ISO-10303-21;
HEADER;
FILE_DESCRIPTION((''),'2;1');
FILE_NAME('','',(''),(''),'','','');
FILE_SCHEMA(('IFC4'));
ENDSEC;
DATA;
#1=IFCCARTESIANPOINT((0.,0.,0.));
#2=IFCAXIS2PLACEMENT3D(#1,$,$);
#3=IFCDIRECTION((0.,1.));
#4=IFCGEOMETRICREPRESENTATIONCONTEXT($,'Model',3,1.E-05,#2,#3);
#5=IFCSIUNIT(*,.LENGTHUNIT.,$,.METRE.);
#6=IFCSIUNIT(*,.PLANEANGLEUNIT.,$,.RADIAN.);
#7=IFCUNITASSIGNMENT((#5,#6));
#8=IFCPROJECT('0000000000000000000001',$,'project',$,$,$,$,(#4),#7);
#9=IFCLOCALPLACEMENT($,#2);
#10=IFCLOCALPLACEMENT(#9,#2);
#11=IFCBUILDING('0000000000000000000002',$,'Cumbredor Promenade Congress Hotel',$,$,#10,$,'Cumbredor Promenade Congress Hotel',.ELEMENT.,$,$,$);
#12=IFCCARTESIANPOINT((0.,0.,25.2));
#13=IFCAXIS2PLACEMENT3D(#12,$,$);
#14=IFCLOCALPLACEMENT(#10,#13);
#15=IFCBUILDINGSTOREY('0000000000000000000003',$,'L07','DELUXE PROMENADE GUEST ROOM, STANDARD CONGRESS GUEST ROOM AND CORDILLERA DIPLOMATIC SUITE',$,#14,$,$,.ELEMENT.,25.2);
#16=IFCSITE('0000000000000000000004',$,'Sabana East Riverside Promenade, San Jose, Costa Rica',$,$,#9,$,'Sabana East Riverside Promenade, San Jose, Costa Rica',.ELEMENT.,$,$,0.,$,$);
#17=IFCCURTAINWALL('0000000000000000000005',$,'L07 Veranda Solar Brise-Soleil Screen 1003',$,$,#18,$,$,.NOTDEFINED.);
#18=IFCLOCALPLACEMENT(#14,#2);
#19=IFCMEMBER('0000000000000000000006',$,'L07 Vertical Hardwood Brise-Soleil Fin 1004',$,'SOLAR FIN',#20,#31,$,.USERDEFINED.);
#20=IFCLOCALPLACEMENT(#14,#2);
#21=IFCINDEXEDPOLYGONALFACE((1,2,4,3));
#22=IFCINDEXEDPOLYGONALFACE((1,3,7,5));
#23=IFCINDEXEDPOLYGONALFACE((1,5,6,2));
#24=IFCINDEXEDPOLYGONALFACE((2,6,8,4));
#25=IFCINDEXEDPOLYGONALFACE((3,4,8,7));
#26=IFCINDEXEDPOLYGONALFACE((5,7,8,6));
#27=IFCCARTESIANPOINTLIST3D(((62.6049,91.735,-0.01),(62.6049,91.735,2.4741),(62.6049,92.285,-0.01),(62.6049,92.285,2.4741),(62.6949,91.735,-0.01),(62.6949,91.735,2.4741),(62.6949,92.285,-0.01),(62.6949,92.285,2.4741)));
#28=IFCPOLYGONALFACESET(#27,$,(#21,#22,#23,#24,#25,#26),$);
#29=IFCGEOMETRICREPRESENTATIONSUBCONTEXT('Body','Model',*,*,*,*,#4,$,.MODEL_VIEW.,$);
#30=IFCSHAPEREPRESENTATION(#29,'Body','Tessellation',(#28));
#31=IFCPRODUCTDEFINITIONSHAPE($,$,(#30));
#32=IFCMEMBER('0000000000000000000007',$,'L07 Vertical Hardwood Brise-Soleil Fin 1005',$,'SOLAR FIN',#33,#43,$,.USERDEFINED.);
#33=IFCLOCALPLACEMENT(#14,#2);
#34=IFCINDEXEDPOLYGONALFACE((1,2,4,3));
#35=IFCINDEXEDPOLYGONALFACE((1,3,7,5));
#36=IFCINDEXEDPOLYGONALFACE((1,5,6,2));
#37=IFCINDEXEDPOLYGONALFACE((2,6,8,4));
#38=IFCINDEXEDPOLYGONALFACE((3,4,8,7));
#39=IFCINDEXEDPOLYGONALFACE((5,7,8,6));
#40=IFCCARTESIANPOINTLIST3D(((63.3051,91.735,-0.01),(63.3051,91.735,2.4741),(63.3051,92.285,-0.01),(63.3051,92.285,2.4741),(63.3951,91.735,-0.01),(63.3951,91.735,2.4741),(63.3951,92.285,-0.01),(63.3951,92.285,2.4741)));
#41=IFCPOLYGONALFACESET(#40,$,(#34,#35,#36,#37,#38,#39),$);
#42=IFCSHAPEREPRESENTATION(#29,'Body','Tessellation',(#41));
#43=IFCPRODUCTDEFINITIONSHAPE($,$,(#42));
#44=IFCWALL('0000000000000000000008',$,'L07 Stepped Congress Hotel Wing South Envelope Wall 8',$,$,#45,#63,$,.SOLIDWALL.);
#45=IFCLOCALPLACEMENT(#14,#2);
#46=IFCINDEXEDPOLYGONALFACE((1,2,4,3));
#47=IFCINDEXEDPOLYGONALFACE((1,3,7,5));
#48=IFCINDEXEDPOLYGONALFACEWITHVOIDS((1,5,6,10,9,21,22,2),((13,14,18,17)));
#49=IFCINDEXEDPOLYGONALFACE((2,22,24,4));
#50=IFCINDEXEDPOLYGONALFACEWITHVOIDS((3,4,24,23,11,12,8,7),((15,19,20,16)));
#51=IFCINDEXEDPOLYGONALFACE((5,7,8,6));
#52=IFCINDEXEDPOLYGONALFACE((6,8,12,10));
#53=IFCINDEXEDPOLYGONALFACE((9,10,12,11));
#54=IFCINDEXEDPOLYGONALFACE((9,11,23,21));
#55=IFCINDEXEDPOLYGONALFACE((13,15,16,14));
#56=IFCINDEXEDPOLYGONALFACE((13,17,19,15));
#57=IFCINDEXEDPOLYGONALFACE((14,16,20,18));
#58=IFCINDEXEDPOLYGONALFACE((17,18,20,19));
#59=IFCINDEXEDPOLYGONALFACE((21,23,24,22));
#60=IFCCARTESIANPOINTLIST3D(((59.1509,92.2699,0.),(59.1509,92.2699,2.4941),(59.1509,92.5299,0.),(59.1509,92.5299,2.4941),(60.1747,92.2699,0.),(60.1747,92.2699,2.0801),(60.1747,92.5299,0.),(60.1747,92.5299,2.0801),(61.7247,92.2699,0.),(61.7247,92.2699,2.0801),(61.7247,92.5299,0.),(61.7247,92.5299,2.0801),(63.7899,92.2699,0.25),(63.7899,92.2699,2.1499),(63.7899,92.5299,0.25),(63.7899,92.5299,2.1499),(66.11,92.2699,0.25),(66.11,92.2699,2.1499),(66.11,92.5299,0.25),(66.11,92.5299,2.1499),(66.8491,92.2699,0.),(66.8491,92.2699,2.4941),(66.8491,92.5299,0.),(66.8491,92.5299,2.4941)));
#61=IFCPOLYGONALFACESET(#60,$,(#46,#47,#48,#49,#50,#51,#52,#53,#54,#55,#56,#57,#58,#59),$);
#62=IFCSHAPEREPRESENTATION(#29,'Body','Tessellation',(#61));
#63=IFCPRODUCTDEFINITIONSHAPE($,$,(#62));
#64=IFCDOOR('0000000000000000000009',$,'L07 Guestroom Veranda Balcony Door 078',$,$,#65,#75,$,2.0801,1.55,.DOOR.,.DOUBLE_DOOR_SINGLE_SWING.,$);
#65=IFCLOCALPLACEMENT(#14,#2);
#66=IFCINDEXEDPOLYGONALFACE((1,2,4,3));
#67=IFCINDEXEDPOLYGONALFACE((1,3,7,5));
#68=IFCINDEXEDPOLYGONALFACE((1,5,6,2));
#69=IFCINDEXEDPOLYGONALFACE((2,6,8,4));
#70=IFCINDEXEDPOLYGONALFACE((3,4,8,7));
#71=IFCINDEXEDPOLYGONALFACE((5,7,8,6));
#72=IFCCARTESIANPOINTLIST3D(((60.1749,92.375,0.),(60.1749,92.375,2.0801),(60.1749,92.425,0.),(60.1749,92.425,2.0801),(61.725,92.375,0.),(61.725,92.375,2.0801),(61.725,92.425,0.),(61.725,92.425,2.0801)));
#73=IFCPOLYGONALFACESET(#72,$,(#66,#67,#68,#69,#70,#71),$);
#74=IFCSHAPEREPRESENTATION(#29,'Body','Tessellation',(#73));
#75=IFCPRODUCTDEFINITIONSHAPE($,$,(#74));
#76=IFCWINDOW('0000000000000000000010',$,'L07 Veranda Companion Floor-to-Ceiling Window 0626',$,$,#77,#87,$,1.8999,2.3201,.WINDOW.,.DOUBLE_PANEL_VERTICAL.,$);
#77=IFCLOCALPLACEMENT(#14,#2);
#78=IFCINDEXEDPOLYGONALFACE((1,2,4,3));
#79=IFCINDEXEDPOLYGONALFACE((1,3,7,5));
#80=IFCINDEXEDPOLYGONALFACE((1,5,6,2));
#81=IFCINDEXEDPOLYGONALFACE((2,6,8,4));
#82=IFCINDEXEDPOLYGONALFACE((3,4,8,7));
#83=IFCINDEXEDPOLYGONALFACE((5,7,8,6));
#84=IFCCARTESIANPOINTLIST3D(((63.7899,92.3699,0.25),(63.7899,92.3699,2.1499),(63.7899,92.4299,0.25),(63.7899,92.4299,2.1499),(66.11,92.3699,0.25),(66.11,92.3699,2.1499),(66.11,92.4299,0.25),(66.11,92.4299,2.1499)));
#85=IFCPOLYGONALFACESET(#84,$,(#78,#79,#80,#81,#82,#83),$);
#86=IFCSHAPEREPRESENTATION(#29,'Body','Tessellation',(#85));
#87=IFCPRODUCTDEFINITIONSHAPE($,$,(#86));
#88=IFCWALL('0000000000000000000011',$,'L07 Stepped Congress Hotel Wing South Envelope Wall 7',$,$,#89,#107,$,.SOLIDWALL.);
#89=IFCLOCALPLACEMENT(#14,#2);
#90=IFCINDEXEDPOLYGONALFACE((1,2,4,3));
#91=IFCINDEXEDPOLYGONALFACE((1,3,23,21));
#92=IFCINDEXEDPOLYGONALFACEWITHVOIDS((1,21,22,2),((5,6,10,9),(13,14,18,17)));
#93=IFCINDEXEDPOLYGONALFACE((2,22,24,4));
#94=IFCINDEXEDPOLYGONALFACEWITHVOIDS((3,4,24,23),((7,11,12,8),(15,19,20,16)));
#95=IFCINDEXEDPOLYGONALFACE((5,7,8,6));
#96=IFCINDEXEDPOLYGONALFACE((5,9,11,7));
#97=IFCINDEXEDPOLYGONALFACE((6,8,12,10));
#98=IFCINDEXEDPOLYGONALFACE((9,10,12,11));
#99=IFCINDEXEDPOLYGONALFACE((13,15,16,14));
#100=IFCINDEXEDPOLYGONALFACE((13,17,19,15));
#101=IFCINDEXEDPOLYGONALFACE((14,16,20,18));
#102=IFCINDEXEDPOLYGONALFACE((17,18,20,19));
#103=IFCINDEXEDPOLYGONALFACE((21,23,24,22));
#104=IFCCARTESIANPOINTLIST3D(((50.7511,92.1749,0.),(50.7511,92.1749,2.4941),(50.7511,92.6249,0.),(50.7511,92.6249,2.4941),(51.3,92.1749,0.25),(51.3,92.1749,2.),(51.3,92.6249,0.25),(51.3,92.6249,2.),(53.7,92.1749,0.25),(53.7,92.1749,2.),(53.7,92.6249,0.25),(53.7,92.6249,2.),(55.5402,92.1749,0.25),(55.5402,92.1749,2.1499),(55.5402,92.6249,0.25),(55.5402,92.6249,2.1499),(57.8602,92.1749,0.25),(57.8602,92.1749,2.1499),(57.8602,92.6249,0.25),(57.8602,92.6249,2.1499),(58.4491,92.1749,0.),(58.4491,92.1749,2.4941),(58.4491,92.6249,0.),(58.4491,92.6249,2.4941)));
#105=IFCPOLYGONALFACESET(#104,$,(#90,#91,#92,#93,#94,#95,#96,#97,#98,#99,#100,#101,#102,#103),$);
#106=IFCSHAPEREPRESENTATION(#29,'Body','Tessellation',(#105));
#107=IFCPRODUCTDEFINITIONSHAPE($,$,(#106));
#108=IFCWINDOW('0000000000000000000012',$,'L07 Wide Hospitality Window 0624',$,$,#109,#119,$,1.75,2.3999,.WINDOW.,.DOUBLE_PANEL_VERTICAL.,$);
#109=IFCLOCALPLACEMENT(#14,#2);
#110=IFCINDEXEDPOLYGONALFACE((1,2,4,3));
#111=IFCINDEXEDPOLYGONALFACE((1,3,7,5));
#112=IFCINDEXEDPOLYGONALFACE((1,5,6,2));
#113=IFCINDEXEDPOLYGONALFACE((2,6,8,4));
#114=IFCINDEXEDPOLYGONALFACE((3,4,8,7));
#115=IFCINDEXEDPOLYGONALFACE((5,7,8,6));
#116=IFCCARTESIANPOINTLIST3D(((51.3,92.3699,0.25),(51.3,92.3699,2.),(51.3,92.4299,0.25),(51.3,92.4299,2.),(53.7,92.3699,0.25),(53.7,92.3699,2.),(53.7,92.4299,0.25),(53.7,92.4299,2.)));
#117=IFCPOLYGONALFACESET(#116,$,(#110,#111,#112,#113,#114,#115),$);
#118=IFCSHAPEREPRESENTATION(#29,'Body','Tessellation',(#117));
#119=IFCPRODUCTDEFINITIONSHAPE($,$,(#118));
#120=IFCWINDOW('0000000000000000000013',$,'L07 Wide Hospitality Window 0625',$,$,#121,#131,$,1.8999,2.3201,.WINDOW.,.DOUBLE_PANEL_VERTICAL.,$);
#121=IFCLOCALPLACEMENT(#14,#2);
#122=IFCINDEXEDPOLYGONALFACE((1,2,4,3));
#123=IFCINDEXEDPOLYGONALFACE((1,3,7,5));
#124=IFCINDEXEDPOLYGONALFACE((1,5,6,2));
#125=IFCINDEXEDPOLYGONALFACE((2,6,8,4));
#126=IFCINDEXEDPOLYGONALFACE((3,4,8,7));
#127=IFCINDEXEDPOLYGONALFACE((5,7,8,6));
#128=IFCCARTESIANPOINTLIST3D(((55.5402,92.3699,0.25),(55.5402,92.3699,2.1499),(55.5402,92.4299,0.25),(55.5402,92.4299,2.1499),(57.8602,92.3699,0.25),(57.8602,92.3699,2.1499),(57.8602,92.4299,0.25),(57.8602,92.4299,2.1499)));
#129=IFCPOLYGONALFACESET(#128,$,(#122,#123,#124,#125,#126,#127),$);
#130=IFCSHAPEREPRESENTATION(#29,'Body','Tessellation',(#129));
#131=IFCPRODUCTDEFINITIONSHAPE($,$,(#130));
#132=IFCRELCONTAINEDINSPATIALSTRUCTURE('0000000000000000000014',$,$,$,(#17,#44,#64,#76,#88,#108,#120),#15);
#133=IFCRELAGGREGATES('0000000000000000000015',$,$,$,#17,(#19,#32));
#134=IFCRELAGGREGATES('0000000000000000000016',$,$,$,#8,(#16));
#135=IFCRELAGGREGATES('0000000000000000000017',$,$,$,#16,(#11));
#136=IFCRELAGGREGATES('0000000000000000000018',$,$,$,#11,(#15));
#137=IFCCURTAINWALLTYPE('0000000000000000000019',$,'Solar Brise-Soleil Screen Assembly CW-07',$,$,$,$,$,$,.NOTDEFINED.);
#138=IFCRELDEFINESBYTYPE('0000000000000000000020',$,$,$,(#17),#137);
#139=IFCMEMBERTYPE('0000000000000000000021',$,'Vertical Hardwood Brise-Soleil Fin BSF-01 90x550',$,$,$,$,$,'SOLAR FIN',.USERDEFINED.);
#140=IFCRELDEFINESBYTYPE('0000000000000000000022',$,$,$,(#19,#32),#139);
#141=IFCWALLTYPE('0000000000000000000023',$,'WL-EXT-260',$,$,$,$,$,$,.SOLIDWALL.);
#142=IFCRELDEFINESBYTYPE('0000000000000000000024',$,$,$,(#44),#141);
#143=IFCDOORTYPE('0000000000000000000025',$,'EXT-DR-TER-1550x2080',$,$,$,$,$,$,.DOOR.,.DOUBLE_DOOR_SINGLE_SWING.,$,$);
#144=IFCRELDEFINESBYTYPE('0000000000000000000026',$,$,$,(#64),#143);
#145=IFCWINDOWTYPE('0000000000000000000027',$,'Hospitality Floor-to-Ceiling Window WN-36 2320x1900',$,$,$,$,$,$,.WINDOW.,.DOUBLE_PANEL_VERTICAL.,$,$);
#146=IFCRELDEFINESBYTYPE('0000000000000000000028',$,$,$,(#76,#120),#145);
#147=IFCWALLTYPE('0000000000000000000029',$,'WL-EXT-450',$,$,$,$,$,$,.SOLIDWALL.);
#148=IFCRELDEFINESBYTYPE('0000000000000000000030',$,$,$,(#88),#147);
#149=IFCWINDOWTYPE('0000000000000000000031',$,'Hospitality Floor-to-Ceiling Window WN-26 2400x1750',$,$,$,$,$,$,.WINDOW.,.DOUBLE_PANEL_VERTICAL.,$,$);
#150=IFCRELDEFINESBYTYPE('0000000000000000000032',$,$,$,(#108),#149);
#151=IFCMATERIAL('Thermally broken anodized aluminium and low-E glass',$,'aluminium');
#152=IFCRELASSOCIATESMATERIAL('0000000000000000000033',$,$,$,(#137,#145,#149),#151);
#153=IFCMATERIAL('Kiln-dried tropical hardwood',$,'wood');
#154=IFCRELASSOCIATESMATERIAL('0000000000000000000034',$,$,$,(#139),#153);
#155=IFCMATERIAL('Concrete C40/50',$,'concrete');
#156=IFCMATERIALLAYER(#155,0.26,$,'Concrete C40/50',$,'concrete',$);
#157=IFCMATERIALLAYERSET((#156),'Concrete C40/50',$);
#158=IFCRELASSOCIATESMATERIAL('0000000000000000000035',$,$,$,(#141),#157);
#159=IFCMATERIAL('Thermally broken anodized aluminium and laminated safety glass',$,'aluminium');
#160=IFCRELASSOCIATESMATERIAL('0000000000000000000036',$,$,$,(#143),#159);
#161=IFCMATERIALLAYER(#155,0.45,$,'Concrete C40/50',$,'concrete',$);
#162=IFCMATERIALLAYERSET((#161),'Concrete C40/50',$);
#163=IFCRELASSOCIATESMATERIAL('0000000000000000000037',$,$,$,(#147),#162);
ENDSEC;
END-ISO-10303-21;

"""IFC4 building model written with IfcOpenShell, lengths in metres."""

from ifc_helpers import new_model, si_unit, direction, frame, frame_2d, origin, origin_2d, place, context, subcontext, project, spatial, rectangle, extrude, material, layer, layer_set, material_profile, profile_set, type_object, element, fill, aggregate, save


model = new_model("IFC4")

# Units and contexts
model_context = context("Model", 3, precision=1e-05, world=origin(), true_north=direction((0.0, 1.0)))
body_context = subcontext(model_context, "Body", "Model", "MODEL_VIEW")
ifc_project = project(units=[si_unit("LENGTHUNIT", "METRE"), si_unit("PLANEANGLEUNIT", "RADIAN")], contexts=[model_context])

# Site, building, storey
site_placement = place(None, origin())
site = spatial("IfcSite", under=ifc_project, at=site_placement, Name="Sabana East Riverside Promenade, San Jose, Costa Rica", LongName="Sabana East Riverside Promenade, San Jose, Costa Rica", CompositionType="ELEMENT", RefElevation=0.0)
building_placement = place(site_placement, origin())
building = spatial("IfcBuilding", under=site, at=building_placement, Name="Cumbredor Promenade Congress Hotel", LongName="Cumbredor Promenade Congress Hotel", CompositionType="ELEMENT")
storey_placement = place(building_placement, frame((0.0, 0.0, 25.2)))
storey = spatial("IfcBuildingStorey", under=building, at=storey_placement, Name="L07", Description="DELUXE PROMENADE GUEST ROOM, STANDARD CONGRESS GUEST ROOM AND CORDILLERA DIPLOMATIC SUITE", CompositionType="ELEMENT", Elevation=25.2)

# Shared definitions
ifc_material_1 = material(Name="Concrete C40/50", Category="concrete")

# Curtain wall
ifc_material_2 = material(Name="Thermally broken anodized aluminium and low-E glass", Category="aluminium")
curtain_wall_type = type_object("IfcCurtainWallType", Name="Solar Brise-Soleil Screen Assembly CW-07", PredefinedType="NOTDEFINED", material=ifc_material_2)
curtain_wall_placement = place(storey_placement, origin())
curtain_wall = element("IfcCurtainWall", 1, at=curtain_wall_placement, inside=storey, type_object=curtain_wall_type, Name="L07 Veranda Solar Brise-Soleil Screen 1003", PredefinedType="NOTDEFINED")

# Members
ifc_material_3 = material(Name="Kiln-dried tropical hardwood", Category="wood")
ifc_material_profile_1 = material_profile(ifc_material_3, rectangle(XDim=0.0901, YDim=0.55, at=origin_2d()), Name="ARCH FIN 90x550")
ifc_profile_set_1 = profile_set([ifc_material_profile_1], Name="Kiln-dried tropical hardwood")
member_type_1 = type_object("IfcMemberType", Name="Vertical Hardwood Brise-Soleil Fin BSF-01 90x550", ElementType="SOLAR FIN", PredefinedType="USERDEFINED", material=ifc_profile_set_1)
member_1_placement = place(storey_placement, frame((62.6499, 92.01, -0.01), z_axis=(0.0, 0.0, 1.0), x_axis=(1.0, 0.0, 0.0)))
member_1 = element("IfcMember", 2, at=member_1_placement, type_object=member_type_1, Name="L07 Vertical Hardwood Brise-Soleil Fin 1004", ObjectType="SOLAR FIN", PredefinedType="USERDEFINED", context=body_context, shape_type="SweptSolid", body=[
    extrude(rectangle(XDim=0.0901, YDim=0.55, at=origin_2d()), origin(), (0.0, 0.0, 1.0), 2.4841),
])
member_2_placement = place(storey_placement, frame((63.3501, 92.01, -0.01), z_axis=(0.0, 0.0, 1.0), x_axis=(1.0, 0.0, 0.0)))
member_2 = element("IfcMember", 3, at=member_2_placement, type_object=member_type_1, Name="L07 Vertical Hardwood Brise-Soleil Fin 1005", ObjectType="SOLAR FIN", PredefinedType="USERDEFINED", context=body_context, shape_type="SweptSolid", body=[
    extrude(rectangle(XDim=0.0901, YDim=0.55, at=origin_2d()), origin(), (0.0, 0.0, 1.0), 2.4841),
])
aggregate(curtain_wall, [member_1, member_2])

# Wall, openings, door, window
ifc_layer_1 = layer(ifc_material_1, 0.26, Name="Concrete C40/50", Category="concrete")
ifc_layer_set_1 = layer_set([ifc_layer_1], Name="Concrete C40/50")
wall_type_1 = type_object("IfcWallType", Name="WL-EXT-260", PredefinedType="SOLIDWALL", material=ifc_layer_set_1)
wall_1_placement = place(storey_placement, frame((59.1509, 92.3999, 0.0), z_axis=(0.0, 0.0, 1.0), x_axis=(1.0, 0.0, 0.0)))
wall_1 = element("IfcWall", 4, at=wall_1_placement, inside=storey, type_object=wall_type_1, Name="L07 Stepped Congress Hotel Wing South Envelope Wall 8", PredefinedType="SOLIDWALL", context=body_context, shape_type="SweptSolid", body=[
    extrude(rectangle(XDim=7.6982, YDim=0.26, at=frame_2d((3.8491, 0.0))), origin(), (0.0, 0.0, 1.0), 2.4941),
])
opening_1_placement = place(wall_1_placement, frame((1.0239, 0.0, 0.0)))
opening_1 = element("IfcOpeningElement", 5, at=opening_1_placement, cuts=wall_1, PredefinedType="OPENING", context=body_context, shape_type="SweptSolid", body=[
    extrude(rectangle(XDim=1.55, YDim=2.0801, at=frame_2d((0.7749, 1.04))), frame((0.0, 0.1401, 0.0), z_axis=(0.0, -1.0, 0.0), x_axis=(1.0, 0.0, 0.0)), (0.0, 0.0, 1.0), 0.28),
])
opening_2_placement = place(wall_1_placement, frame((4.6389, 0.0, 0.25)))
opening_2 = element("IfcOpeningElement", 6, at=opening_2_placement, cuts=wall_1, PredefinedType="OPENING", context=body_context, shape_type="SweptSolid", body=[
    extrude(rectangle(XDim=2.3201, YDim=1.8999, at=frame_2d((1.1602, 0.95))), frame((0.0, 0.1401, 0.0), z_axis=(0.0, -1.0, 0.0), x_axis=(1.0, 0.0, 0.0)), (0.0, 0.0, 1.0), 0.28),
])
ifc_material_4 = material(Name="Thermally broken anodized aluminium and laminated safety glass", Category="aluminium")
door_type = type_object("IfcDoorType", Name="EXT-DR-TER-1550x2080", OperationType="DOUBLE_DOOR_SINGLE_SWING", PredefinedType="DOOR", material=ifc_material_4)
door_placement = place(opening_1_placement, frame((1.55, 0.0, 0.0), z_axis=(0.0, 0.0, 1.0), x_axis=(-1.0, 0.0, 0.0)))
door = element("IfcDoor", 7, at=door_placement, inside=storey, type_object=door_type, Name="L07 Guestroom Veranda Balcony Door 078", OperationType="DOUBLE_DOOR_SINGLE_SWING", OverallHeight=2.0801, OverallWidth=1.55, PredefinedType="DOOR", context=body_context, shape_type="SweptSolid", body=[
    extrude(rectangle(XDim=1.55, YDim=2.0801, at=frame_2d((0.7749, 1.04))), frame((0.0, 0.0249, 0.0), z_axis=(0.0, -1.0, 0.0), x_axis=(1.0, 0.0, 0.0)), (0.0, 0.0, 1.0), 0.05),
])
fill(opening_1, door)
window_type_1 = type_object("IfcWindowType", Name="Hospitality Floor-to-Ceiling Window WN-36 2320x1900", PartitioningType="DOUBLE_PANEL_VERTICAL", PredefinedType="WINDOW", material=ifc_material_2)
window_1_placement = place(opening_2_placement, origin())
window_1 = element("IfcWindow", 8, at=window_1_placement, inside=storey, type_object=window_type_1, Name="L07 Veranda Companion Floor-to-Ceiling Window 0626", OverallHeight=1.8999, OverallWidth=2.3201, PartitioningType="DOUBLE_PANEL_VERTICAL", PredefinedType="WINDOW", context=body_context, shape_type="SweptSolid", body=[
    extrude(rectangle(XDim=2.3201, YDim=1.8999, at=frame_2d((1.1602, 0.95))), frame((0.0, 0.03, 0.0), z_axis=(0.0, -1.0, 0.0), x_axis=(1.0, 0.0, 0.0)), (0.0, 0.0, 1.0), 0.0601),
])
fill(opening_2, window_1)

# Wall, openings, windows
ifc_layer_2 = layer(ifc_material_1, 0.45, Name="Concrete C40/50", Category="concrete")
ifc_layer_set_2 = layer_set([ifc_layer_2], Name="Concrete C40/50")
wall_type_2 = type_object("IfcWallType", Name="WL-EXT-450", PredefinedType="SOLIDWALL", material=ifc_layer_set_2)
wall_2_placement = place(storey_placement, frame((50.751, 92.3999, 0.0), z_axis=(0.0, 0.0, 1.0), x_axis=(1.0, 0.0, 0.0)))
wall_2 = element("IfcWall", 9, at=wall_2_placement, inside=storey, type_object=wall_type_2, Name="L07 Stepped Congress Hotel Wing South Envelope Wall 7", PredefinedType="SOLIDWALL", context=body_context, shape_type="SweptSolid", body=[
    extrude(rectangle(XDim=7.698, YDim=0.45, at=frame_2d((3.8491, 0.0))), origin(), (0.0, 0.0, 1.0), 2.4941),
])
opening_3_placement = place(wall_2_placement, frame((0.5491, 0.0, 0.25)))
opening_3 = element("IfcOpeningElement", 10, at=opening_3_placement, cuts=wall_2, PredefinedType="OPENING", context=body_context, shape_type="SweptSolid", body=[
    extrude(rectangle(XDim=2.3999, YDim=1.75, at=frame_2d((1.2, 0.875))), frame((0.0, 0.2349, 0.0), z_axis=(0.0, -1.0, 0.0), x_axis=(1.0, 0.0, 0.0)), (0.0, 0.0, 1.0), 0.47),
])
opening_4_placement = place(wall_2_placement, frame((4.7891, 0.0, 0.25)))
opening_4 = element("IfcOpeningElement", 11, at=opening_4_placement, cuts=wall_2, PredefinedType="OPENING", context=body_context, shape_type="SweptSolid", body=[
    extrude(rectangle(XDim=2.3201, YDim=1.8999, at=frame_2d((1.1602, 0.95))), frame((0.0, 0.2349, 0.0), z_axis=(0.0, -1.0, 0.0), x_axis=(1.0, 0.0, 0.0)), (0.0, 0.0, 1.0), 0.47),
])
window_type_2 = type_object("IfcWindowType", Name="Hospitality Floor-to-Ceiling Window WN-26 2400x1750", PartitioningType="DOUBLE_PANEL_VERTICAL", PredefinedType="WINDOW", material=ifc_material_2)
window_2_placement = place(opening_3_placement, origin())
window_2 = element("IfcWindow", 12, at=window_2_placement, inside=storey, type_object=window_type_2, Name="L07 Wide Hospitality Window 0624", OverallHeight=1.75, OverallWidth=2.3999, PartitioningType="DOUBLE_PANEL_VERTICAL", PredefinedType="WINDOW", context=body_context, shape_type="SweptSolid", body=[
    extrude(rectangle(XDim=2.3999, YDim=1.75, at=frame_2d((1.2, 0.875))), frame((0.0, 0.03, 0.0), z_axis=(0.0, -1.0, 0.0), x_axis=(1.0, 0.0, 0.0)), (0.0, 0.0, 1.0), 0.0601),
])
fill(opening_3, window_2)
window_3_placement = place(opening_4_placement, origin())
window_3 = element("IfcWindow", 13, at=window_3_placement, inside=storey, type_object=window_type_1, Name="L07 Wide Hospitality Window 0625", OverallHeight=1.8999, OverallWidth=2.3201, PartitioningType="DOUBLE_PANEL_VERTICAL", PredefinedType="WINDOW", context=body_context, shape_type="SweptSolid", body=[
    extrude(rectangle(XDim=2.3201, YDim=1.8999, at=frame_2d((1.1602, 0.95))), frame((0.0, 0.03, 0.0), z_axis=(0.0, -1.0, 0.0), x_axis=(1.0, 0.0, 0.0)), (0.0, 0.0, 1.0), 0.0601),
])
fill(opening_4, window_3)

save(model, "model.ifc")
